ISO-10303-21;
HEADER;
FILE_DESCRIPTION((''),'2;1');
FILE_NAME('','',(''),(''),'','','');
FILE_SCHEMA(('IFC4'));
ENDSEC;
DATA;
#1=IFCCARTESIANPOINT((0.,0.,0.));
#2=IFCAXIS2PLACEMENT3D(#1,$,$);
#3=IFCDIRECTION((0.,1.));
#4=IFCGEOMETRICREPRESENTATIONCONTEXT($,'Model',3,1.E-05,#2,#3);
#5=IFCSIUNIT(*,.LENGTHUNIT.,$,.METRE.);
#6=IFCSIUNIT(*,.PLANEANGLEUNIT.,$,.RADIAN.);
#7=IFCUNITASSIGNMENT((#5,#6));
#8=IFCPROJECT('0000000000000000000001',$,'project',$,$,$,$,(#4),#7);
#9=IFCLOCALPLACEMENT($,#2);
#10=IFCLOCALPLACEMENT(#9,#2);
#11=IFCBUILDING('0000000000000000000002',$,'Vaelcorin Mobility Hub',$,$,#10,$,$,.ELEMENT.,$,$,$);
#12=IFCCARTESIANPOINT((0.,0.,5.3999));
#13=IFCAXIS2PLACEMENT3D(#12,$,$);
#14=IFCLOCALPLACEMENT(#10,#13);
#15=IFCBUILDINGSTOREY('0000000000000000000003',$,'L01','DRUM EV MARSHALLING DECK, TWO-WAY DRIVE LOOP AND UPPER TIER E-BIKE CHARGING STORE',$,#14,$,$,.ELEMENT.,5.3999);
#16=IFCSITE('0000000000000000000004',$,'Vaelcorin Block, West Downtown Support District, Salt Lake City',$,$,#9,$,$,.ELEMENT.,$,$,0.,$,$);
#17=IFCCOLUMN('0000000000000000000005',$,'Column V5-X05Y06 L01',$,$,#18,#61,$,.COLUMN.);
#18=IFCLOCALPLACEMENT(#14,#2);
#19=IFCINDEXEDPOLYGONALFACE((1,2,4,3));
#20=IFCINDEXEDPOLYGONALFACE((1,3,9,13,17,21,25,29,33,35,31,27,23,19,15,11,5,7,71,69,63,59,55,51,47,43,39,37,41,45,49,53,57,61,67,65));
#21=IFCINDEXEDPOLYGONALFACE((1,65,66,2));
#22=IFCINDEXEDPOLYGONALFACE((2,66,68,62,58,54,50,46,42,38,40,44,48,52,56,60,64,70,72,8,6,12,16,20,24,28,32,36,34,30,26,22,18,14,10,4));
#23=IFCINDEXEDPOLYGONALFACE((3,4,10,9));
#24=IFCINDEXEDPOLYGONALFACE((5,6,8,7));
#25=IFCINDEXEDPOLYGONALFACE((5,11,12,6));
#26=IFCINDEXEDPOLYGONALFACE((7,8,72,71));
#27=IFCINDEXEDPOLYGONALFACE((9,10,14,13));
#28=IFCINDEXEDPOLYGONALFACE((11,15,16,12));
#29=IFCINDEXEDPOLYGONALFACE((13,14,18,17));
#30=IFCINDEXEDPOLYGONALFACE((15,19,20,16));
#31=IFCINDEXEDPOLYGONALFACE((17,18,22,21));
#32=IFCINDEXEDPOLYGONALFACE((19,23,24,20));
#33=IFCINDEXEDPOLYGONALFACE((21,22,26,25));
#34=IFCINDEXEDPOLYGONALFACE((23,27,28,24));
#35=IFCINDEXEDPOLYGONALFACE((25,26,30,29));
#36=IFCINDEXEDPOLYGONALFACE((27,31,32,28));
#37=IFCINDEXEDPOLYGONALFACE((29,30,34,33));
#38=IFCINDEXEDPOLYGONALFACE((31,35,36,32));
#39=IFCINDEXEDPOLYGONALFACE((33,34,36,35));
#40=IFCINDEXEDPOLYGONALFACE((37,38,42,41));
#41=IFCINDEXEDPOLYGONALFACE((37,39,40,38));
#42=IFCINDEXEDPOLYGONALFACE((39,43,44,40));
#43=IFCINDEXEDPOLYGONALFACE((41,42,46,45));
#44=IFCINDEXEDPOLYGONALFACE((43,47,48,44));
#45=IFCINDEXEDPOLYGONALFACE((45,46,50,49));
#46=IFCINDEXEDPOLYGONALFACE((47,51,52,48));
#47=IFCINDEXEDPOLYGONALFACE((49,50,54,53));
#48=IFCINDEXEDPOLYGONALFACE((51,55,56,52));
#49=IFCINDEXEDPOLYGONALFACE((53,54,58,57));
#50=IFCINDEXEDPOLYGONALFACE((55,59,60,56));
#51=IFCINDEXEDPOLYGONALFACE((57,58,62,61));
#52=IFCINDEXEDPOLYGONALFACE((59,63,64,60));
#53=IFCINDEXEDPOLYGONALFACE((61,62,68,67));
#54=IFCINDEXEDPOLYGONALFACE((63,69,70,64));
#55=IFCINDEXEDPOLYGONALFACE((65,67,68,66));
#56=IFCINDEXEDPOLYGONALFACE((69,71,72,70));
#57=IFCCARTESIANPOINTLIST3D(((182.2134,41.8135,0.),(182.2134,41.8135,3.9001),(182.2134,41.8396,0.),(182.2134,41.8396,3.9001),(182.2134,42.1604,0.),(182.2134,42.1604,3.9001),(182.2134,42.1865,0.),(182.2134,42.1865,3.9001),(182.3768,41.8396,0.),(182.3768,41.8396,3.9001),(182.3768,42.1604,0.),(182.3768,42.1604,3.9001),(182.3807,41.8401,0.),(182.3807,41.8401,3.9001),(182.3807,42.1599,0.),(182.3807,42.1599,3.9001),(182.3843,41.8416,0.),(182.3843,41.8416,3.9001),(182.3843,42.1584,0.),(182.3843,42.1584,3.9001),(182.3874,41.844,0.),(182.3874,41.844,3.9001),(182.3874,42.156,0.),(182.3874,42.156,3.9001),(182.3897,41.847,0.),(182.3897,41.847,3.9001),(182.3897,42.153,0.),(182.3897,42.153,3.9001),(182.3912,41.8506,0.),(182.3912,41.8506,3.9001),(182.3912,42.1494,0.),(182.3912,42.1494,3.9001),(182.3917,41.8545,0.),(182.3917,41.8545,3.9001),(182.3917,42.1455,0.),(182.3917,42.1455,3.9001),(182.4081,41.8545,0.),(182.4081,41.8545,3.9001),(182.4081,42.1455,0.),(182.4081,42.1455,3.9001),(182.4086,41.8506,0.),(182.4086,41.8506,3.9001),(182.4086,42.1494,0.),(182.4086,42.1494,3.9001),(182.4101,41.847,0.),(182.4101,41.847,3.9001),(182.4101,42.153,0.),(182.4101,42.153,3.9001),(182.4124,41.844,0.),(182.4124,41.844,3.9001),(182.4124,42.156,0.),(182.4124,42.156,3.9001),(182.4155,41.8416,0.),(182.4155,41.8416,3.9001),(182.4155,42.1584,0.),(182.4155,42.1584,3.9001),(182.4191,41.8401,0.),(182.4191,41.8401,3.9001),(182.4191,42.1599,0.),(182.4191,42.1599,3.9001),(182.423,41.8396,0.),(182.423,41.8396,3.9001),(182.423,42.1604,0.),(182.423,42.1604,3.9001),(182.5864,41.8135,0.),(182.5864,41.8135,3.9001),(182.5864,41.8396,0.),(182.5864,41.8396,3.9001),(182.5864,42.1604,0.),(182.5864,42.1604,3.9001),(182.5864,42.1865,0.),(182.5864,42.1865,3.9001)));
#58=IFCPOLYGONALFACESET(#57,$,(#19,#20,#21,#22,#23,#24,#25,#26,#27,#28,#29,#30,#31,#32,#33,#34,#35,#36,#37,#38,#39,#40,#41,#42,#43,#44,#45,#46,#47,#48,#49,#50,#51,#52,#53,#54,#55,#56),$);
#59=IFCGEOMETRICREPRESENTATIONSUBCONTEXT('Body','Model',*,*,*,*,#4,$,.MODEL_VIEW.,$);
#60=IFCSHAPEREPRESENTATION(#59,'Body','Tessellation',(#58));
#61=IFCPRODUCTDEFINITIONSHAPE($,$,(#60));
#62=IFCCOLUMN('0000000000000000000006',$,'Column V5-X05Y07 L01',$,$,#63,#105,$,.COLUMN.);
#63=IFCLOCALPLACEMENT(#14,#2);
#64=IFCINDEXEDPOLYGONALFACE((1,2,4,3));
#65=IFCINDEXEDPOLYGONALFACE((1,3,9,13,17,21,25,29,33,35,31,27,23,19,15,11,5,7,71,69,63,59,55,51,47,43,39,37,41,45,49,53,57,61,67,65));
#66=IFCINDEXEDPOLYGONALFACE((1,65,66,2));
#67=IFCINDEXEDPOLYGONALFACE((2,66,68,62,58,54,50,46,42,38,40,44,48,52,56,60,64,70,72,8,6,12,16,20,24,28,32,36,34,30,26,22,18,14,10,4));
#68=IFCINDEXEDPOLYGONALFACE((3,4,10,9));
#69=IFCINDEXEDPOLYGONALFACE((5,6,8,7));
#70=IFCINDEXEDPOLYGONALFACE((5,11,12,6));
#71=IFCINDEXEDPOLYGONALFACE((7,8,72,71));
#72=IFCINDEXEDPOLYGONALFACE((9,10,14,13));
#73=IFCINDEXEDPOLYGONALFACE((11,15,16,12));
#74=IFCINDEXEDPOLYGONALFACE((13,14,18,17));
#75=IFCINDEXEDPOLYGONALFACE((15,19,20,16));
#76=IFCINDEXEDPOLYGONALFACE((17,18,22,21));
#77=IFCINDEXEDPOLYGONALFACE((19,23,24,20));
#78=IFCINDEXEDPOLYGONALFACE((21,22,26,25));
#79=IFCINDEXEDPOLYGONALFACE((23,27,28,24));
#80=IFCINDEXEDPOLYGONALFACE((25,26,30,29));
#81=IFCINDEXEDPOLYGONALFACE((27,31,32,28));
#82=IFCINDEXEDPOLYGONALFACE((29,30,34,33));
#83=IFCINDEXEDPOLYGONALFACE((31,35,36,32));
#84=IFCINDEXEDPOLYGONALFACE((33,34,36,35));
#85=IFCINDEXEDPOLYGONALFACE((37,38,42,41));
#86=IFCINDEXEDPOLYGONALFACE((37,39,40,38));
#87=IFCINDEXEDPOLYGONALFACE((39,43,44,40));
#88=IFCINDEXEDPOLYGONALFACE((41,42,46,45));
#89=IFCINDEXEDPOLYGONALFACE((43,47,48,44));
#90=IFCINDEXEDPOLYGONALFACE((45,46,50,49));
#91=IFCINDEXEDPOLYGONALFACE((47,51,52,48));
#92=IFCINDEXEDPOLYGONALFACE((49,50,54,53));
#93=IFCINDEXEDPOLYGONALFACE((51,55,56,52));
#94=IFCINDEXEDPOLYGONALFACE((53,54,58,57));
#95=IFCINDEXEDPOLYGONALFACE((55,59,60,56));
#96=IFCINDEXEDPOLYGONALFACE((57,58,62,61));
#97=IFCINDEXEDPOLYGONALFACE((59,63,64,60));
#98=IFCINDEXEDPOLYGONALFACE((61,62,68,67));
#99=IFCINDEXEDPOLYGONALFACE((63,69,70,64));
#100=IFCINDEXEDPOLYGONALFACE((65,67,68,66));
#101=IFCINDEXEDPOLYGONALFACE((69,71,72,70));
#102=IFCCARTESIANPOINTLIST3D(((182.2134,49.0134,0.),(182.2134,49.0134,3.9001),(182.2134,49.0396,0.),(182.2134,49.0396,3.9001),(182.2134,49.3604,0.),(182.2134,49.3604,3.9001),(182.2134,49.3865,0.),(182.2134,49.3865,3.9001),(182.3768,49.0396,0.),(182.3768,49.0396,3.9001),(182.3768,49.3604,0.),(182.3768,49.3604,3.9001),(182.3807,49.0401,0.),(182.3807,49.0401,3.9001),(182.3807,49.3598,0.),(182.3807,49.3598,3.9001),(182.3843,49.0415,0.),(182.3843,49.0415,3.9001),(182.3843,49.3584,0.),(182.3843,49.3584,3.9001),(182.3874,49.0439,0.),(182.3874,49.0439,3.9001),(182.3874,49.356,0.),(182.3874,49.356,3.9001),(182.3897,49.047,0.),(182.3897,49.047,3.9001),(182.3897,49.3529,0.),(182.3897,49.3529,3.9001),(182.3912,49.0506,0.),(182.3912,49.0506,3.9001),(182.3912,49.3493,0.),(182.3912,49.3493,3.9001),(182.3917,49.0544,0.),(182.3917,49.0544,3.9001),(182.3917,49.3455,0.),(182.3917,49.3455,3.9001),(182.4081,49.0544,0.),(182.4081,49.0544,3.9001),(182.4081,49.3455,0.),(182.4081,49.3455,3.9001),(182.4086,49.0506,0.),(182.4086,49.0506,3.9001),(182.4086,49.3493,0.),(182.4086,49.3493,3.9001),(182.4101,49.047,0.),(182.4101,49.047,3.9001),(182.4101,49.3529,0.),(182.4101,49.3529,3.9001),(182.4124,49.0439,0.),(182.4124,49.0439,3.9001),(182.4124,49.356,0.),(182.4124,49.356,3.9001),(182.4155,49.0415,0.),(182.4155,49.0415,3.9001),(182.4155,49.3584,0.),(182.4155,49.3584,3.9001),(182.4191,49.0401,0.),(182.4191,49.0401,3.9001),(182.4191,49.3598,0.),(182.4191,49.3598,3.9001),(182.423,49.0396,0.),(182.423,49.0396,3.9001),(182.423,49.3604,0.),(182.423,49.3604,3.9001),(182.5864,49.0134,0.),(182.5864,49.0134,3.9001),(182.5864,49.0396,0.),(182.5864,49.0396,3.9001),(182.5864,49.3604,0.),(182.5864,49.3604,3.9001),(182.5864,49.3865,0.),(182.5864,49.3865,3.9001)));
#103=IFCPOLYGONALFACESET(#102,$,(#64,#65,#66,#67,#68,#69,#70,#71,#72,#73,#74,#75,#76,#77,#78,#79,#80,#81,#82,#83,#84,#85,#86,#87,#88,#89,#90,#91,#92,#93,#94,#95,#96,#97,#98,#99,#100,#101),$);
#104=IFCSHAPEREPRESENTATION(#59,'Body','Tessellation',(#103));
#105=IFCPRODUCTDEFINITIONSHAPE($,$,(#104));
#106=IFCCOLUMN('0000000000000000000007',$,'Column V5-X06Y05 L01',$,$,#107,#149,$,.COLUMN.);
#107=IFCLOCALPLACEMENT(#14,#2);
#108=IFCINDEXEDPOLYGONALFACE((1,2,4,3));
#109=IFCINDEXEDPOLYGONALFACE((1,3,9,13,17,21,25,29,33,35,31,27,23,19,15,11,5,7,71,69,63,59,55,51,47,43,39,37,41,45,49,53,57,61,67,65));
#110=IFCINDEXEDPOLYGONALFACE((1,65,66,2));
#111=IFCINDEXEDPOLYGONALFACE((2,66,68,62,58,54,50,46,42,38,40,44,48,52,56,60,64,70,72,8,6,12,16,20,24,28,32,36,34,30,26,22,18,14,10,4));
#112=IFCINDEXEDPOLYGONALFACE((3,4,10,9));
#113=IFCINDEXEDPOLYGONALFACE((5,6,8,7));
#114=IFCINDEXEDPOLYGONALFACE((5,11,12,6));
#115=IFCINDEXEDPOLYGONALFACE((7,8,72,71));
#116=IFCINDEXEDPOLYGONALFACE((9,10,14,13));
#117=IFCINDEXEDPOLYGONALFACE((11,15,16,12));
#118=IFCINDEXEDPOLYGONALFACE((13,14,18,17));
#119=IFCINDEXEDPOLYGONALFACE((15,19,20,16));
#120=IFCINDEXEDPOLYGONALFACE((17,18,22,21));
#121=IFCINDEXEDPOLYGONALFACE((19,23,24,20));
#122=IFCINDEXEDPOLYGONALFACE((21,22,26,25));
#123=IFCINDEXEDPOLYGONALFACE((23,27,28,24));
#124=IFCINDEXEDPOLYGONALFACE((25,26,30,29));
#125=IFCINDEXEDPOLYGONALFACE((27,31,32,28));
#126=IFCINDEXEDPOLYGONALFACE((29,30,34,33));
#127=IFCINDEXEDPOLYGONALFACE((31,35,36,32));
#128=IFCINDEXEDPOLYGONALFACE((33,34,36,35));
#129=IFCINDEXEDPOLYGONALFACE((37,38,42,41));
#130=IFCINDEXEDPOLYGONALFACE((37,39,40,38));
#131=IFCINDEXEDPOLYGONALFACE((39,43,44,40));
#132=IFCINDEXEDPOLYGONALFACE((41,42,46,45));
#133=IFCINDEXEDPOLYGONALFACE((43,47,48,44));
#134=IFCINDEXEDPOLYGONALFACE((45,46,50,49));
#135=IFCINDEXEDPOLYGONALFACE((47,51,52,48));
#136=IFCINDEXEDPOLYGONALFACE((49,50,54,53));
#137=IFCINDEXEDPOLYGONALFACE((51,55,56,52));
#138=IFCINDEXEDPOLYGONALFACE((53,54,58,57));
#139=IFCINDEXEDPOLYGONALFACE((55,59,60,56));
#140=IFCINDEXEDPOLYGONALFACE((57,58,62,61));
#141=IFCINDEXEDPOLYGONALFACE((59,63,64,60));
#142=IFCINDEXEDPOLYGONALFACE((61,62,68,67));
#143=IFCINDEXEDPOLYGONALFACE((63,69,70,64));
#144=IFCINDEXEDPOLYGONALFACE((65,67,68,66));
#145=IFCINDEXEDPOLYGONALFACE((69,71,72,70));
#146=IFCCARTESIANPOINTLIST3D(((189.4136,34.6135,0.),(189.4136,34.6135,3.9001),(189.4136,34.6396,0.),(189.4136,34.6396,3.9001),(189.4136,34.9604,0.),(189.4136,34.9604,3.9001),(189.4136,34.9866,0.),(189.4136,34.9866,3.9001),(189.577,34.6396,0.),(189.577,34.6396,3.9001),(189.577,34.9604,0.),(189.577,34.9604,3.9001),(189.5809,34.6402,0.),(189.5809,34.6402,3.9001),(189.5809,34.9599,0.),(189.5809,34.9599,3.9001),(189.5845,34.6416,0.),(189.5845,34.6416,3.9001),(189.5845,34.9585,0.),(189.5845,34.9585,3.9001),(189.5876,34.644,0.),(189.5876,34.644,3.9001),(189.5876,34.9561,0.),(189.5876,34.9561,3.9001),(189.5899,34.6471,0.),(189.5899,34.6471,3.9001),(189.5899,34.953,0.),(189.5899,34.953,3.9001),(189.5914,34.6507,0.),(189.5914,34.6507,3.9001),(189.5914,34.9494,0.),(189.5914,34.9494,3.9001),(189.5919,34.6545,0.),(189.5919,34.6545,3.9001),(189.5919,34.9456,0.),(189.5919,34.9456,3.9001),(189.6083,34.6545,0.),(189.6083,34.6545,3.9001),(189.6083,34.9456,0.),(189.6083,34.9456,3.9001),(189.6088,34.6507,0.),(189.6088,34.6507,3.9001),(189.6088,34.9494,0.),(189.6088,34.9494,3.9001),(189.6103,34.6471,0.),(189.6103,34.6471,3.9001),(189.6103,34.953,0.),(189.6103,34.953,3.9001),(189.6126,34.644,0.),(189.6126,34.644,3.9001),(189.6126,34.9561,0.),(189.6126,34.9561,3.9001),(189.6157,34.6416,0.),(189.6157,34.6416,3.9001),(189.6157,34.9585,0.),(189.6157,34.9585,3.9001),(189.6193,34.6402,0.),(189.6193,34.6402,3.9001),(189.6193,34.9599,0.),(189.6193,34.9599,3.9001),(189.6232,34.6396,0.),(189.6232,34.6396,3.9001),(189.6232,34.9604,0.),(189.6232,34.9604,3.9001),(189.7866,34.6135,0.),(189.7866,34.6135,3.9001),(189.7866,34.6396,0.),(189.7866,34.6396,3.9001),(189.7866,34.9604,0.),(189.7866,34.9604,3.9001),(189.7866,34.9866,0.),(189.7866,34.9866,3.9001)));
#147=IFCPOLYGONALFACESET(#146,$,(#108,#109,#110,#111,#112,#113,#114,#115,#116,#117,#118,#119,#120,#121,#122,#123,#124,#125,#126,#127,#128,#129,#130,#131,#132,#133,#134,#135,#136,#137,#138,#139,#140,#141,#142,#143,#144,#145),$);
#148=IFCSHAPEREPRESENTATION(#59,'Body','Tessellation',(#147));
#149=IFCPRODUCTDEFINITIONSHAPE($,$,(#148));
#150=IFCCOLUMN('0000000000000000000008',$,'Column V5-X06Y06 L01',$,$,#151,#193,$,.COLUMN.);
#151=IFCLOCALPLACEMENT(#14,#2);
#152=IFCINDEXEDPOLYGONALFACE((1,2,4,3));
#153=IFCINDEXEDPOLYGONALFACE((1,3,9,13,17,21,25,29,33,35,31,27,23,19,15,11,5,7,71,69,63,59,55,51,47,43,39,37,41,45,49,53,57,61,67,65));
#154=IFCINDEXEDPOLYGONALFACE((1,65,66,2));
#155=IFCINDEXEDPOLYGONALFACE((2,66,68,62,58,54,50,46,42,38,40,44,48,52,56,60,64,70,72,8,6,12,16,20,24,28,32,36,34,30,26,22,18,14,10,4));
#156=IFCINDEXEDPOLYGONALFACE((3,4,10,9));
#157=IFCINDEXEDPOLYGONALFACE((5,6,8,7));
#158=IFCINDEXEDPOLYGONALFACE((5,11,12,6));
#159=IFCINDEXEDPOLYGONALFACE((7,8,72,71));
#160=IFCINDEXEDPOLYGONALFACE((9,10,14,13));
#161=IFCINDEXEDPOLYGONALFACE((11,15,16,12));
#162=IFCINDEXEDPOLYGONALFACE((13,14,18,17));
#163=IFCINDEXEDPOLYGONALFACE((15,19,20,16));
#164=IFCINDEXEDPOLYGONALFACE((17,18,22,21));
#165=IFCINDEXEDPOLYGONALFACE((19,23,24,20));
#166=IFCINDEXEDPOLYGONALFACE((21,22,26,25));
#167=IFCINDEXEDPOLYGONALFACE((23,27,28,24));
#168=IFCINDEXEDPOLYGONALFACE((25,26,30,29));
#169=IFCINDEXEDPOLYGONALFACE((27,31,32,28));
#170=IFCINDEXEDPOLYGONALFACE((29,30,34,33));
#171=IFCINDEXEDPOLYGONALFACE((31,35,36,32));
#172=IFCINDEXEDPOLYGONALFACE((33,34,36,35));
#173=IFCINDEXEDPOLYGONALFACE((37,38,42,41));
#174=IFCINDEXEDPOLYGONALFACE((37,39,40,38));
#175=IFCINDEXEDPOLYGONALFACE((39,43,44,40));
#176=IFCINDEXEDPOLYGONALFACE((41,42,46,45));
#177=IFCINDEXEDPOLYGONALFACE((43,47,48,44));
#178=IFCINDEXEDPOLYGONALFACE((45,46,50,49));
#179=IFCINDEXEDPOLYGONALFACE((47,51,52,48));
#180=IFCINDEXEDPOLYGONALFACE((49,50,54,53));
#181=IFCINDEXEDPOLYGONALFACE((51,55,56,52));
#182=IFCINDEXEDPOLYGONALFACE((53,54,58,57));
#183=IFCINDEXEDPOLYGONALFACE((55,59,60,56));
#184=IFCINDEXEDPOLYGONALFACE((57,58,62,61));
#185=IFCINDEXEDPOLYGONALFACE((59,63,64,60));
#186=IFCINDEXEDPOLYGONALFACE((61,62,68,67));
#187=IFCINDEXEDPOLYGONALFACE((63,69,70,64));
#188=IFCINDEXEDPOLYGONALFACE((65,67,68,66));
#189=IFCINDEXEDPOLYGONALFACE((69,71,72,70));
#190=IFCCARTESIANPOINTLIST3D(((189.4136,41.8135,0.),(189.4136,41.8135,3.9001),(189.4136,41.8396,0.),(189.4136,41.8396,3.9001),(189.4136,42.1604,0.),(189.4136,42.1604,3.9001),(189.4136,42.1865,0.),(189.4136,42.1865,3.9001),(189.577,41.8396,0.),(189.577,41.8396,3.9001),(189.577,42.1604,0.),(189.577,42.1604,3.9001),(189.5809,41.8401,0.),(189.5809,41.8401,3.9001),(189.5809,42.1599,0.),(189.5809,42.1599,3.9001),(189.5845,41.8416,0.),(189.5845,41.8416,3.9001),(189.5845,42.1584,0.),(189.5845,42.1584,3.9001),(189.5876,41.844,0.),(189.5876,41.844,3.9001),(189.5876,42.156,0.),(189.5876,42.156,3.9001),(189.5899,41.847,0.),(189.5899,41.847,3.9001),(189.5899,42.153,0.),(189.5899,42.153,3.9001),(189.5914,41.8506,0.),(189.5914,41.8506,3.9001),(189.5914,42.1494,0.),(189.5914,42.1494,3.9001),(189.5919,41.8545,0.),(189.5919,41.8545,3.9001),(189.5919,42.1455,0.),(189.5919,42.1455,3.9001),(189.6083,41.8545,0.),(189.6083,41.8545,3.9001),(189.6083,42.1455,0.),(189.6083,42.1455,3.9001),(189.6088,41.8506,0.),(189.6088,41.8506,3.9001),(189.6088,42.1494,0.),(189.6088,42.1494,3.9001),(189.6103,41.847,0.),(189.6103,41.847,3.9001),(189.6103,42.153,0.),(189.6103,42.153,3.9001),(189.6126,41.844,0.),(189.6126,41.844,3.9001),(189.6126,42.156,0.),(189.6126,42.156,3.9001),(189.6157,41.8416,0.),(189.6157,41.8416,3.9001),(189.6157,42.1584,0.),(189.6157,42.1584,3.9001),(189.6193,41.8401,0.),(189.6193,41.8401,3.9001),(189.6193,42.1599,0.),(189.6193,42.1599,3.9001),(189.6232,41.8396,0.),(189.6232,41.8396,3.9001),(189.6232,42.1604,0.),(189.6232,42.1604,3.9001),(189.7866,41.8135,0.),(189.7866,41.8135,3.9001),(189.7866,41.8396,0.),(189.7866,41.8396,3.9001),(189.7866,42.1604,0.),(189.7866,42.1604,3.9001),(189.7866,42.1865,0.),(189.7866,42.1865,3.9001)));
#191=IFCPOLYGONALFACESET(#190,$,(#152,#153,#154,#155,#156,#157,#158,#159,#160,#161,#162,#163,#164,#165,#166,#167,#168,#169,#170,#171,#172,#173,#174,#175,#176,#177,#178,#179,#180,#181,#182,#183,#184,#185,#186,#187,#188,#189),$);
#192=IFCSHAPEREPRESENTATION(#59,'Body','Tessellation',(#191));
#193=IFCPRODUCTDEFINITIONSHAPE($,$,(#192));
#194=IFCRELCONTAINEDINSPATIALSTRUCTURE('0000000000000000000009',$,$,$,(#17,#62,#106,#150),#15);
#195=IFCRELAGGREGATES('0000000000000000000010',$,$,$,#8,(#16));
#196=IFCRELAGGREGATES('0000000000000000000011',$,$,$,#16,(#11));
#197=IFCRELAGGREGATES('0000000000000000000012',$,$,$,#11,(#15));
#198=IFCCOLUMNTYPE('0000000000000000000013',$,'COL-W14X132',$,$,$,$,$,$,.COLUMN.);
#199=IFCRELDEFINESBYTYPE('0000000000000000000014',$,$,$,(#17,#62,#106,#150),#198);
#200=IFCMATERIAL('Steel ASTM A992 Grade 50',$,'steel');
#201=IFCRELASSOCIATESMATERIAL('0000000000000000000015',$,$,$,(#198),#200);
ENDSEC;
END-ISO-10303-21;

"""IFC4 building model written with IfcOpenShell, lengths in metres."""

from ifc_helpers import new_model, si_unit, direction, frame, origin, origin_2d, place, context, subcontext, project, spatial, i_section, extrude, material, material_profile, profile_set, type_object, element, save


model = new_model("IFC4")

# Units and contexts
model_context = context("Model", 3, precision=1e-05, world=origin(), true_north=direction((0.0, 1.0)))
body_context = subcontext(model_context, "Body", "Model", "MODEL_VIEW")
ifc_project = project(units=[si_unit("LENGTHUNIT", "METRE"), si_unit("PLANEANGLEUNIT", "RADIAN")], contexts=[model_context])

# Site, building, storey
site_placement = place(None, origin())
site = spatial("IfcSite", under=ifc_project, at=site_placement, Name="Vaelcorin Block, West Downtown Support District, Salt Lake City", CompositionType="ELEMENT", RefElevation=0.0)
building_placement = place(site_placement, origin())
building = spatial("IfcBuilding", under=site, at=building_placement, Name="Vaelcorin Mobility Hub", CompositionType="ELEMENT")
storey_placement = place(building_placement, frame((0.0, 0.0, 5.3999)))
storey = spatial("IfcBuildingStorey", under=building, at=storey_placement, Name="L01", Description="DRUM EV MARSHALLING DECK, TWO-WAY DRIVE LOOP AND UPPER TIER E-BIKE CHARGING STORE", CompositionType="ELEMENT", Elevation=5.3999)

# Columns
ifc_material_1 = material(Name="Steel ASTM A992 Grade 50", Category="steel")
ifc_material_profile_1 = material_profile(ifc_material_1, i_section(OverallWidth=0.373, OverallDepth=0.373, WebThickness=0.0164, FlangeThickness=0.0261, FilletRadius=0.0149, at=origin_2d()), Name="W14X132")
ifc_profile_set_1 = profile_set([ifc_material_profile_1], Name="Steel ASTM A992 Grade 50")
column_type = type_object("IfcColumnType", Name="COL-W14X132", PredefinedType="COLUMN", material=ifc_profile_set_1)
for number, where, z_axis, x_axis, name in (
    (1, (182.3999, 42.0, 0.0), (0.0, 0.0, 1.0), (1.0, 0.0, 0.0), "Column V5-X05Y06 L01"),
    (2, (182.3999, 49.2, 0.0), (0.0, 0.0, 1.0), (1.0, 0.0, 0.0), "Column V5-X05Y07 L01"),
    (3, (189.6001, 34.8, 0.0), (0.0, 0.0, 1.0), (1.0, 0.0, 0.0), "Column V5-X06Y05 L01"),
    (4, (189.6001, 42.0, 0.0), (0.0, 0.0, 1.0), (1.0, 0.0, 0.0), "Column V5-X06Y06 L01"),
):
    element("IfcColumn", number, at=place(storey_placement, frame(where, z_axis=z_axis, x_axis=x_axis)), inside=storey, type_object=column_type, Name=name, PredefinedType="COLUMN", context=body_context, shape_type="SweptSolid", body=[
        extrude(i_section(OverallWidth=0.373, OverallDepth=0.373, WebThickness=0.0164, FlangeThickness=0.0261, FilletRadius=0.0149, at=origin_2d()), origin(), (0.0, 0.0, 1.0), 3.9001),
    ])

save(model, "model.ifc")
